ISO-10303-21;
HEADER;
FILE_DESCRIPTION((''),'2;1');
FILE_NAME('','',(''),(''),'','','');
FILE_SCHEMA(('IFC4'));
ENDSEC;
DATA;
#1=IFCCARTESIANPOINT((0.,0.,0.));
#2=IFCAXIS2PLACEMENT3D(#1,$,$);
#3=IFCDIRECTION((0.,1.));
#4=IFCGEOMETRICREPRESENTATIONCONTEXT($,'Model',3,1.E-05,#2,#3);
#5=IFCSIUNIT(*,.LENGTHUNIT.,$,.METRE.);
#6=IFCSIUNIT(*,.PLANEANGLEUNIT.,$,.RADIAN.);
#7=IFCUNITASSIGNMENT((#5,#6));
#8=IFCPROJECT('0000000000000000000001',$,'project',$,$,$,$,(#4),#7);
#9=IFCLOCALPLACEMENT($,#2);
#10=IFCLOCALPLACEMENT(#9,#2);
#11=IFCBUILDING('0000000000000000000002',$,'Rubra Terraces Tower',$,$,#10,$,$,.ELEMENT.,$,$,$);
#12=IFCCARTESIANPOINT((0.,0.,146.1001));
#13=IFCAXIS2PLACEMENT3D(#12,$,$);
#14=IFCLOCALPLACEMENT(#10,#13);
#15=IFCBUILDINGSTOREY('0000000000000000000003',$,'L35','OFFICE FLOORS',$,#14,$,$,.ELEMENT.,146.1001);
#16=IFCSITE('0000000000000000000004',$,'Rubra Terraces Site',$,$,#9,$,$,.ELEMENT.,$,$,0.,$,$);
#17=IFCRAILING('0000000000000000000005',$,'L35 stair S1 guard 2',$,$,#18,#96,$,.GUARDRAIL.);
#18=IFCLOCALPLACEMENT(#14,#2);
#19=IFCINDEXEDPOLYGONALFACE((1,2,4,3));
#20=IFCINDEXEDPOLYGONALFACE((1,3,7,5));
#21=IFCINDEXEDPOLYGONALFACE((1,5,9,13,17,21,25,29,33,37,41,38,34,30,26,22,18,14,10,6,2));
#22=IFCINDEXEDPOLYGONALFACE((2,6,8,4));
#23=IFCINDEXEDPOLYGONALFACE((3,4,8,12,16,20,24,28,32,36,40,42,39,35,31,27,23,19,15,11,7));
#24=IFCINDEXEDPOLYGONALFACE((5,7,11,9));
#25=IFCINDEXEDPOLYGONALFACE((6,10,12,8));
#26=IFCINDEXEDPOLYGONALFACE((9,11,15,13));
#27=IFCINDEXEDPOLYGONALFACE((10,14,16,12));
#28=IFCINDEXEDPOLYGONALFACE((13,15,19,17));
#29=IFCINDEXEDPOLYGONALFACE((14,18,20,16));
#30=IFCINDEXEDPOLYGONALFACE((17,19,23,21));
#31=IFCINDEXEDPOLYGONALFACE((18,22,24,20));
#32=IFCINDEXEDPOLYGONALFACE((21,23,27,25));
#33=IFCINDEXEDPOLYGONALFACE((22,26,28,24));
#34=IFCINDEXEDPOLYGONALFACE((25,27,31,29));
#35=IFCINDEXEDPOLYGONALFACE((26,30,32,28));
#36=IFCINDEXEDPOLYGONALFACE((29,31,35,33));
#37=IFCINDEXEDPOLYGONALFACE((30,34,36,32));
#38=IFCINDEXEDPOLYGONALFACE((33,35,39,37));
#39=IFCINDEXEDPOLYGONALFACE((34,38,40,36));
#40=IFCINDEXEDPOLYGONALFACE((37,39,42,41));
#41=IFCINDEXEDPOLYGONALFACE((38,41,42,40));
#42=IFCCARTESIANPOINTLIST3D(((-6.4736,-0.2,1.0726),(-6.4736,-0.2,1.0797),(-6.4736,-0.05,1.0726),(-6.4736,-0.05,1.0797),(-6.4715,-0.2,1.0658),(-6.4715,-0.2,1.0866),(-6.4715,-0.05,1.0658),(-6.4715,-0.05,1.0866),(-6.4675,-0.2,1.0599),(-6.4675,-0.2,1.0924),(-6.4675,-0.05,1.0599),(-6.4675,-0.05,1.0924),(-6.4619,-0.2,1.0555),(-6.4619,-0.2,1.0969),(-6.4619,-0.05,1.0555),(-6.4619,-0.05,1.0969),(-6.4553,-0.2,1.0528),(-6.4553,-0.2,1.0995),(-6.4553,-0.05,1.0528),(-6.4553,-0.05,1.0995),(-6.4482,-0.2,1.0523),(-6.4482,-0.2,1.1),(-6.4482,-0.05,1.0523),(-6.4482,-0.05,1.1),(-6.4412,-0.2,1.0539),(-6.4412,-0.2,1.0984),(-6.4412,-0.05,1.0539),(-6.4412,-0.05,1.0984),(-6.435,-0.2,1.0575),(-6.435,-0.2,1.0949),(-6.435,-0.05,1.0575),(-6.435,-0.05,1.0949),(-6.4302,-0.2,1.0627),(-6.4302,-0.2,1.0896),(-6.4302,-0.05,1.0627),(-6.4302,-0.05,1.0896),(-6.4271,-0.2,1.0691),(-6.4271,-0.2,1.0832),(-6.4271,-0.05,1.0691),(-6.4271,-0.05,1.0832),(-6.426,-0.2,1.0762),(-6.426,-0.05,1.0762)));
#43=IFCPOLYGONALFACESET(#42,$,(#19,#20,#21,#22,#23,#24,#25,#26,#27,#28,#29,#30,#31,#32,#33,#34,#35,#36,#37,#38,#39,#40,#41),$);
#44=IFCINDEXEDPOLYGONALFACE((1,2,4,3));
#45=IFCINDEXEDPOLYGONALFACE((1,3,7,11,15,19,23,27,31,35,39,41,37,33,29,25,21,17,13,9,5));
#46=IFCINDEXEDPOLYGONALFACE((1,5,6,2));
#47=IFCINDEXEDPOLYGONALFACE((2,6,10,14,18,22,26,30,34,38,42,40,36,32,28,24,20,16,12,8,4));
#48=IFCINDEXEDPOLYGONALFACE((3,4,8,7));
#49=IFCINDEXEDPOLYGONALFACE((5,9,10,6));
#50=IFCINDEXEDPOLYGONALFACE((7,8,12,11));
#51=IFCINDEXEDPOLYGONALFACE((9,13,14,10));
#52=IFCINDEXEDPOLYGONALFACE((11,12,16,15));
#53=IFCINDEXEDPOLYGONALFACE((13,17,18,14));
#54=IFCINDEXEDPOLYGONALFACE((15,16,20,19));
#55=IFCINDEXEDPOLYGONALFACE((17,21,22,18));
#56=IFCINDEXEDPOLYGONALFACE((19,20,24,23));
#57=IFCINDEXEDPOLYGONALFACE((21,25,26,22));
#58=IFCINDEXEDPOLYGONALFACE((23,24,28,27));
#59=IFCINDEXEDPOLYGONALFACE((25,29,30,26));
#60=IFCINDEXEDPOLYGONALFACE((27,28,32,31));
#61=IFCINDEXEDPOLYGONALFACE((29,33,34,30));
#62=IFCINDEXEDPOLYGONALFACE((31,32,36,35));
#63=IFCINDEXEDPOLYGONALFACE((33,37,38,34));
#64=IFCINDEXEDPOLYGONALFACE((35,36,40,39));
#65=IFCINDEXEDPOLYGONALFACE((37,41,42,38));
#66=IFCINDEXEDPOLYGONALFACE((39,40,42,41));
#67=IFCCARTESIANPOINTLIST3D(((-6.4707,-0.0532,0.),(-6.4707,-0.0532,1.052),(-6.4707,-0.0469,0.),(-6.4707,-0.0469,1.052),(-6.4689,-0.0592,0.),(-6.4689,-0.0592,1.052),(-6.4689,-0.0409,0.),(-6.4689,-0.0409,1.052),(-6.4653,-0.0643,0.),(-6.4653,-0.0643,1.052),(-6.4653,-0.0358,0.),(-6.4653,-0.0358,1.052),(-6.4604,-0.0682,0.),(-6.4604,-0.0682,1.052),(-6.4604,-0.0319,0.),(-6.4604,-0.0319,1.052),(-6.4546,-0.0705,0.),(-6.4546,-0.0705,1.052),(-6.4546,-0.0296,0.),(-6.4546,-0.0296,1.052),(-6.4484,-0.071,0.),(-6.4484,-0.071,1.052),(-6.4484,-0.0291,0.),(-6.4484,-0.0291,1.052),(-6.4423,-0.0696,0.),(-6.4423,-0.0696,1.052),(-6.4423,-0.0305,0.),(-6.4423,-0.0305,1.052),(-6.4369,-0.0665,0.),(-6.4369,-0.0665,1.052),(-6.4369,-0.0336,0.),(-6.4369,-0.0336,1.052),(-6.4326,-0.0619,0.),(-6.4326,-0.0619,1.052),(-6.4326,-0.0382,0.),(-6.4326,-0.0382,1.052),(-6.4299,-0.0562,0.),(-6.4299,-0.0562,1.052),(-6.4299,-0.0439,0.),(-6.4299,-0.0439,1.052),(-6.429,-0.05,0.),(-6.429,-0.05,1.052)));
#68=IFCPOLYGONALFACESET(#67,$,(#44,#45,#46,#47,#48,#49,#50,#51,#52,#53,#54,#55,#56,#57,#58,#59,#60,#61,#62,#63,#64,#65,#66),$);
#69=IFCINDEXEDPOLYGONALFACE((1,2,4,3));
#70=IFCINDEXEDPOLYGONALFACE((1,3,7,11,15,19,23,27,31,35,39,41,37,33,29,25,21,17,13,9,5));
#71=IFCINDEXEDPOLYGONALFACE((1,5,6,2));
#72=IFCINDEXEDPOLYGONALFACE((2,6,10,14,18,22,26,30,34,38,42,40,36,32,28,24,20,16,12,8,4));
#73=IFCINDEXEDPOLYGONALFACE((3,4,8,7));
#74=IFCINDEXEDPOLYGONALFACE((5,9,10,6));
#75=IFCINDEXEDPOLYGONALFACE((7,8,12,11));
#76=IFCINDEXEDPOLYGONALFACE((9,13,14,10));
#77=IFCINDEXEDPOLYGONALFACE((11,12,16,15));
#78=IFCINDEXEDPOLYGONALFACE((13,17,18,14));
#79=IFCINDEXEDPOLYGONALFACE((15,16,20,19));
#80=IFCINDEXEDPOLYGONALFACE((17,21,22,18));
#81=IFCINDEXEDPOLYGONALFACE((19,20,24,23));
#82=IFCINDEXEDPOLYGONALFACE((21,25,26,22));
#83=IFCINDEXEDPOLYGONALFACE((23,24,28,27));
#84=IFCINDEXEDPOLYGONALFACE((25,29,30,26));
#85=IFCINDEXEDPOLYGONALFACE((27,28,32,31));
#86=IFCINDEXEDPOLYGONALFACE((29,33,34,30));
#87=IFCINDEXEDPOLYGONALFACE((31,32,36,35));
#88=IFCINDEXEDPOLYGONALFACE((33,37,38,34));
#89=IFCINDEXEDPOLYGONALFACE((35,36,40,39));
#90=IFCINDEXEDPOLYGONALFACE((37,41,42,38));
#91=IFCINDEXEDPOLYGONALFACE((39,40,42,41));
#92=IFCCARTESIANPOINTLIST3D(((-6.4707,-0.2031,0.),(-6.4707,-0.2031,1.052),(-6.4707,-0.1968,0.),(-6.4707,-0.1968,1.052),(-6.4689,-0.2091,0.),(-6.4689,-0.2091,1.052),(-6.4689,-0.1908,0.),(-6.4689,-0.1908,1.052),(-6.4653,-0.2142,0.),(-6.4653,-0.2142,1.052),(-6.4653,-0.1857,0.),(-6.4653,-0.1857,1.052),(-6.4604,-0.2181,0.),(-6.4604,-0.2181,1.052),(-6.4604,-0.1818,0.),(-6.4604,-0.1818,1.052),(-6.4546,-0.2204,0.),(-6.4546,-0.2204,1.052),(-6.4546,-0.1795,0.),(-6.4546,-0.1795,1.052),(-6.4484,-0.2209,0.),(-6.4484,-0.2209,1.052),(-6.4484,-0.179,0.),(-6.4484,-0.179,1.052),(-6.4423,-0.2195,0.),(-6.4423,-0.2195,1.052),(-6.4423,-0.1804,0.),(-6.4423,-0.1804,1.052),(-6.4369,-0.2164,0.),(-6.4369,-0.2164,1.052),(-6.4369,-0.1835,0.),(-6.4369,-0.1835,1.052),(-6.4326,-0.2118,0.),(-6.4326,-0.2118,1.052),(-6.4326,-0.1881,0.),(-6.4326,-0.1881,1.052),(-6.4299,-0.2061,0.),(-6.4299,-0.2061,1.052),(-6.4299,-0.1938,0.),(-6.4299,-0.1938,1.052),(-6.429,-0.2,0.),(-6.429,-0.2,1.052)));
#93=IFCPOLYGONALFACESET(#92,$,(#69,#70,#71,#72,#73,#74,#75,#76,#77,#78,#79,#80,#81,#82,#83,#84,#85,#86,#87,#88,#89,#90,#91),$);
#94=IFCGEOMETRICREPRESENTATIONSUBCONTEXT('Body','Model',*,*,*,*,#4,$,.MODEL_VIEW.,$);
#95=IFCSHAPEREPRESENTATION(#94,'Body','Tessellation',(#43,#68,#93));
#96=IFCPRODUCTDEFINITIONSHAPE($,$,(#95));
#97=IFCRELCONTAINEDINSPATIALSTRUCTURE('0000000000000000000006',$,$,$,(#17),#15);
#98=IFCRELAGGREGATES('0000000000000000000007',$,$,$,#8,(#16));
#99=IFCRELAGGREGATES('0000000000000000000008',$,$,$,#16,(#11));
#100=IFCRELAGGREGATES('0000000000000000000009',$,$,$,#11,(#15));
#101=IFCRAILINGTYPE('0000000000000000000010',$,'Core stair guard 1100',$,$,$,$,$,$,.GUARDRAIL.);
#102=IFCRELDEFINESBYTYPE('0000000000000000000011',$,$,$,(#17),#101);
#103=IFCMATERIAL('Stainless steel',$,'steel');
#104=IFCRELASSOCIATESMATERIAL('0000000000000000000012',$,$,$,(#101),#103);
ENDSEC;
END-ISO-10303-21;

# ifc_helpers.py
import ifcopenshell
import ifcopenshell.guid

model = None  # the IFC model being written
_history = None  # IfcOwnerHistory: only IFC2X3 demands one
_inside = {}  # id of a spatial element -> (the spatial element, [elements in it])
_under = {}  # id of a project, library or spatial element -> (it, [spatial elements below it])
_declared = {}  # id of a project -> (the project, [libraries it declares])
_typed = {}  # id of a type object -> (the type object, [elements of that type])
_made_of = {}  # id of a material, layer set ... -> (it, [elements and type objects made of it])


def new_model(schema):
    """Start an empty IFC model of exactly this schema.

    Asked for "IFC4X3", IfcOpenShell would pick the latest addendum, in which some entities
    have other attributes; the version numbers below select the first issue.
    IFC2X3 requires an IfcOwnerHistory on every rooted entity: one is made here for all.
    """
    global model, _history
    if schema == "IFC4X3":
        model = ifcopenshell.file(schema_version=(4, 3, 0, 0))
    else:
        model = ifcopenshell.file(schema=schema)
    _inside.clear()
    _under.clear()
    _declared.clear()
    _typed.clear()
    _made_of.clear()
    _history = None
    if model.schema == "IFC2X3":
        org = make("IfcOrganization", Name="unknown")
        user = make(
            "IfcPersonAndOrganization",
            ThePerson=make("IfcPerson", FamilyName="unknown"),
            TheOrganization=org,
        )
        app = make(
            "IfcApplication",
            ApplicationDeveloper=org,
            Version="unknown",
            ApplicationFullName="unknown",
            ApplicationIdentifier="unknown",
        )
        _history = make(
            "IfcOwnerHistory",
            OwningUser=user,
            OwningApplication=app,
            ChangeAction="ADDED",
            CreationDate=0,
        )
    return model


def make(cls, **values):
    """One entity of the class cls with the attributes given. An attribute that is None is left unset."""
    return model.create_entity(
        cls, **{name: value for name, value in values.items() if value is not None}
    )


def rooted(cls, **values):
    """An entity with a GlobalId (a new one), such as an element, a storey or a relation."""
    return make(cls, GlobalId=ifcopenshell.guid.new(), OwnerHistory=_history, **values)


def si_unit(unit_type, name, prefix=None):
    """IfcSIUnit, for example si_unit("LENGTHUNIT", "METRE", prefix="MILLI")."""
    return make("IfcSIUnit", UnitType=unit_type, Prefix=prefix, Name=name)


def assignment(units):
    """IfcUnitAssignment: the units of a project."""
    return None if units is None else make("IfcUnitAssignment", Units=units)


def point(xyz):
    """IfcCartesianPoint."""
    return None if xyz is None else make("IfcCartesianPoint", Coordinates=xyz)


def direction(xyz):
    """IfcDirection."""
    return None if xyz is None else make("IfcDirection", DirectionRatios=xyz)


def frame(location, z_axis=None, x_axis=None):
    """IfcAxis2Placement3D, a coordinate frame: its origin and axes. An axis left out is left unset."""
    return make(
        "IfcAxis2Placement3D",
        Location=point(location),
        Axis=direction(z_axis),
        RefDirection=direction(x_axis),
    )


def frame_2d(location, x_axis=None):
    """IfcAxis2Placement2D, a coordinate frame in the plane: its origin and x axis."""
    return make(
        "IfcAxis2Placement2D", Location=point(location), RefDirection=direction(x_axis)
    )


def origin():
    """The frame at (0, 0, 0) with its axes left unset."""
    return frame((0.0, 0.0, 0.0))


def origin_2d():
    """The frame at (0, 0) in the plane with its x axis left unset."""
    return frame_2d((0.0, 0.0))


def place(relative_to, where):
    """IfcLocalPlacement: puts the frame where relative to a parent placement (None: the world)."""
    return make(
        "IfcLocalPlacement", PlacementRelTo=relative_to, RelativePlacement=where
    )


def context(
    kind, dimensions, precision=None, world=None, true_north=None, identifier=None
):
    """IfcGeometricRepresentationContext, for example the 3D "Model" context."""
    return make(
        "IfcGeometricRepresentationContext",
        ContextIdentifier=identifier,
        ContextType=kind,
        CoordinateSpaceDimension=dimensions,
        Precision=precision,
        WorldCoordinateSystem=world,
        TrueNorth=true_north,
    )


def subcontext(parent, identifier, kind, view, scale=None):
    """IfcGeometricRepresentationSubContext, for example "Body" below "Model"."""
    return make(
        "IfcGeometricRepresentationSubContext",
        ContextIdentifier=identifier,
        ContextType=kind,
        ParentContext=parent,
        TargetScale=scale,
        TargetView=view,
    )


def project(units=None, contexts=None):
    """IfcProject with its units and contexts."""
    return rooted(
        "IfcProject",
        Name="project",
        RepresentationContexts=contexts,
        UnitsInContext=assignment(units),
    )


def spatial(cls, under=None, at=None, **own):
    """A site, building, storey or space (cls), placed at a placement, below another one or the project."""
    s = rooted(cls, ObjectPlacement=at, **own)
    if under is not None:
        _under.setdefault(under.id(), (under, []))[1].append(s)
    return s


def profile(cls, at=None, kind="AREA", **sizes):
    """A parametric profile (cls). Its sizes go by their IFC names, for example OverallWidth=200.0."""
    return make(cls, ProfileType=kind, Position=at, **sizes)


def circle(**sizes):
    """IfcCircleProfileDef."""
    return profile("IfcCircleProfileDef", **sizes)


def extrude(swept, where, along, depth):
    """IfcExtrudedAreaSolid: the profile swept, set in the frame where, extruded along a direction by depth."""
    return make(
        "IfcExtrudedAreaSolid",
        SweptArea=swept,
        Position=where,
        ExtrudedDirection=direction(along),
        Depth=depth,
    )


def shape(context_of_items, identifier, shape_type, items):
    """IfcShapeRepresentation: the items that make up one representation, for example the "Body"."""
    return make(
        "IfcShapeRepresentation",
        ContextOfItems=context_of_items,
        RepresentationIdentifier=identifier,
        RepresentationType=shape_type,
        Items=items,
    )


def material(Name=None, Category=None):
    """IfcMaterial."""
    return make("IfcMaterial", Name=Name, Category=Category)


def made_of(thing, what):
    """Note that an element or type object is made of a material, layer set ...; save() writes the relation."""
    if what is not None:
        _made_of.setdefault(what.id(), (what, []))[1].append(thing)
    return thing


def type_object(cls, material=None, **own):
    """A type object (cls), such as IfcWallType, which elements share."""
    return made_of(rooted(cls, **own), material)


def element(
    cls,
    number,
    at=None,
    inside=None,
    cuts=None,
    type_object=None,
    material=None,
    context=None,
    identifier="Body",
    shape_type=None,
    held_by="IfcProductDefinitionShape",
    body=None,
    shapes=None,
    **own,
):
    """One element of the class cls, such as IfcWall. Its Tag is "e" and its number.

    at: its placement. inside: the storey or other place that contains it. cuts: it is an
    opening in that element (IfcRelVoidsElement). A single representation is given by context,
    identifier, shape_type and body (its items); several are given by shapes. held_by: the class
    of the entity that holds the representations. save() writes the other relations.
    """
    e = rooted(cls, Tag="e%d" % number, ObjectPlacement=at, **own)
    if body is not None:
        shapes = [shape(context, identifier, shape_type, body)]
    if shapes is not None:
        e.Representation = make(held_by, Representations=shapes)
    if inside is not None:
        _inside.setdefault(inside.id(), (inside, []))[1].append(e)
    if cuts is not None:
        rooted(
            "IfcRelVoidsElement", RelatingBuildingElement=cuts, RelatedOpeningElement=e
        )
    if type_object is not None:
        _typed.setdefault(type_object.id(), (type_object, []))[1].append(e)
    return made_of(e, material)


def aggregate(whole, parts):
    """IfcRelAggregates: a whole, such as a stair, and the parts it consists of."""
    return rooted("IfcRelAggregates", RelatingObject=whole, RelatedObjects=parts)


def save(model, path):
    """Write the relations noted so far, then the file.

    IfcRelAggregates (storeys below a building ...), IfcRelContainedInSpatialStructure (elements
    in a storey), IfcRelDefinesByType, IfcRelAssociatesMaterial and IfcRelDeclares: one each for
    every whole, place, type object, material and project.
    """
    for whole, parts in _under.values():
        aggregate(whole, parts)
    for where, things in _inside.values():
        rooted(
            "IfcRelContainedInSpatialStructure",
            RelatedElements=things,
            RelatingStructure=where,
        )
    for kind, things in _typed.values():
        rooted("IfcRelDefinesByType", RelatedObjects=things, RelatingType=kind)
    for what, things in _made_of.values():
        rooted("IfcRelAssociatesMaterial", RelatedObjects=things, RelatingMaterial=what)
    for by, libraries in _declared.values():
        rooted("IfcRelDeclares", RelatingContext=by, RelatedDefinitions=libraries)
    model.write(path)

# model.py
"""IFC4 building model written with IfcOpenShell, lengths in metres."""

from ifc_helpers import new_model, si_unit, direction, frame, origin, origin_2d, place, context, subcontext, project, spatial, circle, extrude, material, type_object, element, save


model = new_model("IFC4")

# Units and contexts
model_context = context("Model", 3, precision=1e-05, world=origin(), true_north=direction((0.0, 1.0)))
body_context = subcontext(model_context, "Body", "Model", "MODEL_VIEW")
ifc_project = project(units=[si_unit("LENGTHUNIT", "METRE"), si_unit("PLANEANGLEUNIT", "RADIAN")], contexts=[model_context])

# Site, building, storey
site_placement = place(None, origin())
site = spatial("IfcSite", under=ifc_project, at=site_placement, Name="Rubra Terraces Site", CompositionType="ELEMENT", RefElevation=0.0)
building_placement = place(site_placement, origin())
building = spatial("IfcBuilding", under=site, at=building_placement, Name="Rubra Terraces Tower", CompositionType="ELEMENT")
storey_placement = place(building_placement, frame((0.0, 0.0, 146.1001)))
storey = spatial("IfcBuildingStorey", under=building, at=storey_placement, Name="L35", Description="OFFICE FLOORS", CompositionType="ELEMENT", Elevation=146.1001)

# Railing
ifc_material_1 = material(Name="Stainless steel", Category="steel")
railing_type_1 = type_object("IfcRailingType", Name="Core stair guard 1100", PredefinedType="GUARDRAIL", material=ifc_material_1)
railing_1_placement = place(storey_placement, frame((-6.45, -0.05, 0.0)))
element("IfcRailing", 1, at=railing_1_placement, inside=storey, type_object=railing_type_1, Name="L35 stair S1 guard 2", PredefinedType="GUARDRAIL", context=body_context, shape_type="SweptSolid", body=[
    extrude(circle(Radius=0.0239, at=origin_2d()), frame((0.0, 0.0, 1.0762), z_axis=(0.0, -1.0, 0.0), x_axis=(1.0, 0.0, 0.0)), (0.0, 0.0, 1.0), 0.1499),
    extrude(circle(Radius=0.021, at=origin_2d()), origin(), (0.0, 0.0, 1.0), 1.052),
    extrude(circle(Radius=0.021, at=origin_2d()), frame((0.0, -0.1499, 0.0)), (0.0, 0.0, 1.0), 1.052),
])

save(model, "model.ifc")
